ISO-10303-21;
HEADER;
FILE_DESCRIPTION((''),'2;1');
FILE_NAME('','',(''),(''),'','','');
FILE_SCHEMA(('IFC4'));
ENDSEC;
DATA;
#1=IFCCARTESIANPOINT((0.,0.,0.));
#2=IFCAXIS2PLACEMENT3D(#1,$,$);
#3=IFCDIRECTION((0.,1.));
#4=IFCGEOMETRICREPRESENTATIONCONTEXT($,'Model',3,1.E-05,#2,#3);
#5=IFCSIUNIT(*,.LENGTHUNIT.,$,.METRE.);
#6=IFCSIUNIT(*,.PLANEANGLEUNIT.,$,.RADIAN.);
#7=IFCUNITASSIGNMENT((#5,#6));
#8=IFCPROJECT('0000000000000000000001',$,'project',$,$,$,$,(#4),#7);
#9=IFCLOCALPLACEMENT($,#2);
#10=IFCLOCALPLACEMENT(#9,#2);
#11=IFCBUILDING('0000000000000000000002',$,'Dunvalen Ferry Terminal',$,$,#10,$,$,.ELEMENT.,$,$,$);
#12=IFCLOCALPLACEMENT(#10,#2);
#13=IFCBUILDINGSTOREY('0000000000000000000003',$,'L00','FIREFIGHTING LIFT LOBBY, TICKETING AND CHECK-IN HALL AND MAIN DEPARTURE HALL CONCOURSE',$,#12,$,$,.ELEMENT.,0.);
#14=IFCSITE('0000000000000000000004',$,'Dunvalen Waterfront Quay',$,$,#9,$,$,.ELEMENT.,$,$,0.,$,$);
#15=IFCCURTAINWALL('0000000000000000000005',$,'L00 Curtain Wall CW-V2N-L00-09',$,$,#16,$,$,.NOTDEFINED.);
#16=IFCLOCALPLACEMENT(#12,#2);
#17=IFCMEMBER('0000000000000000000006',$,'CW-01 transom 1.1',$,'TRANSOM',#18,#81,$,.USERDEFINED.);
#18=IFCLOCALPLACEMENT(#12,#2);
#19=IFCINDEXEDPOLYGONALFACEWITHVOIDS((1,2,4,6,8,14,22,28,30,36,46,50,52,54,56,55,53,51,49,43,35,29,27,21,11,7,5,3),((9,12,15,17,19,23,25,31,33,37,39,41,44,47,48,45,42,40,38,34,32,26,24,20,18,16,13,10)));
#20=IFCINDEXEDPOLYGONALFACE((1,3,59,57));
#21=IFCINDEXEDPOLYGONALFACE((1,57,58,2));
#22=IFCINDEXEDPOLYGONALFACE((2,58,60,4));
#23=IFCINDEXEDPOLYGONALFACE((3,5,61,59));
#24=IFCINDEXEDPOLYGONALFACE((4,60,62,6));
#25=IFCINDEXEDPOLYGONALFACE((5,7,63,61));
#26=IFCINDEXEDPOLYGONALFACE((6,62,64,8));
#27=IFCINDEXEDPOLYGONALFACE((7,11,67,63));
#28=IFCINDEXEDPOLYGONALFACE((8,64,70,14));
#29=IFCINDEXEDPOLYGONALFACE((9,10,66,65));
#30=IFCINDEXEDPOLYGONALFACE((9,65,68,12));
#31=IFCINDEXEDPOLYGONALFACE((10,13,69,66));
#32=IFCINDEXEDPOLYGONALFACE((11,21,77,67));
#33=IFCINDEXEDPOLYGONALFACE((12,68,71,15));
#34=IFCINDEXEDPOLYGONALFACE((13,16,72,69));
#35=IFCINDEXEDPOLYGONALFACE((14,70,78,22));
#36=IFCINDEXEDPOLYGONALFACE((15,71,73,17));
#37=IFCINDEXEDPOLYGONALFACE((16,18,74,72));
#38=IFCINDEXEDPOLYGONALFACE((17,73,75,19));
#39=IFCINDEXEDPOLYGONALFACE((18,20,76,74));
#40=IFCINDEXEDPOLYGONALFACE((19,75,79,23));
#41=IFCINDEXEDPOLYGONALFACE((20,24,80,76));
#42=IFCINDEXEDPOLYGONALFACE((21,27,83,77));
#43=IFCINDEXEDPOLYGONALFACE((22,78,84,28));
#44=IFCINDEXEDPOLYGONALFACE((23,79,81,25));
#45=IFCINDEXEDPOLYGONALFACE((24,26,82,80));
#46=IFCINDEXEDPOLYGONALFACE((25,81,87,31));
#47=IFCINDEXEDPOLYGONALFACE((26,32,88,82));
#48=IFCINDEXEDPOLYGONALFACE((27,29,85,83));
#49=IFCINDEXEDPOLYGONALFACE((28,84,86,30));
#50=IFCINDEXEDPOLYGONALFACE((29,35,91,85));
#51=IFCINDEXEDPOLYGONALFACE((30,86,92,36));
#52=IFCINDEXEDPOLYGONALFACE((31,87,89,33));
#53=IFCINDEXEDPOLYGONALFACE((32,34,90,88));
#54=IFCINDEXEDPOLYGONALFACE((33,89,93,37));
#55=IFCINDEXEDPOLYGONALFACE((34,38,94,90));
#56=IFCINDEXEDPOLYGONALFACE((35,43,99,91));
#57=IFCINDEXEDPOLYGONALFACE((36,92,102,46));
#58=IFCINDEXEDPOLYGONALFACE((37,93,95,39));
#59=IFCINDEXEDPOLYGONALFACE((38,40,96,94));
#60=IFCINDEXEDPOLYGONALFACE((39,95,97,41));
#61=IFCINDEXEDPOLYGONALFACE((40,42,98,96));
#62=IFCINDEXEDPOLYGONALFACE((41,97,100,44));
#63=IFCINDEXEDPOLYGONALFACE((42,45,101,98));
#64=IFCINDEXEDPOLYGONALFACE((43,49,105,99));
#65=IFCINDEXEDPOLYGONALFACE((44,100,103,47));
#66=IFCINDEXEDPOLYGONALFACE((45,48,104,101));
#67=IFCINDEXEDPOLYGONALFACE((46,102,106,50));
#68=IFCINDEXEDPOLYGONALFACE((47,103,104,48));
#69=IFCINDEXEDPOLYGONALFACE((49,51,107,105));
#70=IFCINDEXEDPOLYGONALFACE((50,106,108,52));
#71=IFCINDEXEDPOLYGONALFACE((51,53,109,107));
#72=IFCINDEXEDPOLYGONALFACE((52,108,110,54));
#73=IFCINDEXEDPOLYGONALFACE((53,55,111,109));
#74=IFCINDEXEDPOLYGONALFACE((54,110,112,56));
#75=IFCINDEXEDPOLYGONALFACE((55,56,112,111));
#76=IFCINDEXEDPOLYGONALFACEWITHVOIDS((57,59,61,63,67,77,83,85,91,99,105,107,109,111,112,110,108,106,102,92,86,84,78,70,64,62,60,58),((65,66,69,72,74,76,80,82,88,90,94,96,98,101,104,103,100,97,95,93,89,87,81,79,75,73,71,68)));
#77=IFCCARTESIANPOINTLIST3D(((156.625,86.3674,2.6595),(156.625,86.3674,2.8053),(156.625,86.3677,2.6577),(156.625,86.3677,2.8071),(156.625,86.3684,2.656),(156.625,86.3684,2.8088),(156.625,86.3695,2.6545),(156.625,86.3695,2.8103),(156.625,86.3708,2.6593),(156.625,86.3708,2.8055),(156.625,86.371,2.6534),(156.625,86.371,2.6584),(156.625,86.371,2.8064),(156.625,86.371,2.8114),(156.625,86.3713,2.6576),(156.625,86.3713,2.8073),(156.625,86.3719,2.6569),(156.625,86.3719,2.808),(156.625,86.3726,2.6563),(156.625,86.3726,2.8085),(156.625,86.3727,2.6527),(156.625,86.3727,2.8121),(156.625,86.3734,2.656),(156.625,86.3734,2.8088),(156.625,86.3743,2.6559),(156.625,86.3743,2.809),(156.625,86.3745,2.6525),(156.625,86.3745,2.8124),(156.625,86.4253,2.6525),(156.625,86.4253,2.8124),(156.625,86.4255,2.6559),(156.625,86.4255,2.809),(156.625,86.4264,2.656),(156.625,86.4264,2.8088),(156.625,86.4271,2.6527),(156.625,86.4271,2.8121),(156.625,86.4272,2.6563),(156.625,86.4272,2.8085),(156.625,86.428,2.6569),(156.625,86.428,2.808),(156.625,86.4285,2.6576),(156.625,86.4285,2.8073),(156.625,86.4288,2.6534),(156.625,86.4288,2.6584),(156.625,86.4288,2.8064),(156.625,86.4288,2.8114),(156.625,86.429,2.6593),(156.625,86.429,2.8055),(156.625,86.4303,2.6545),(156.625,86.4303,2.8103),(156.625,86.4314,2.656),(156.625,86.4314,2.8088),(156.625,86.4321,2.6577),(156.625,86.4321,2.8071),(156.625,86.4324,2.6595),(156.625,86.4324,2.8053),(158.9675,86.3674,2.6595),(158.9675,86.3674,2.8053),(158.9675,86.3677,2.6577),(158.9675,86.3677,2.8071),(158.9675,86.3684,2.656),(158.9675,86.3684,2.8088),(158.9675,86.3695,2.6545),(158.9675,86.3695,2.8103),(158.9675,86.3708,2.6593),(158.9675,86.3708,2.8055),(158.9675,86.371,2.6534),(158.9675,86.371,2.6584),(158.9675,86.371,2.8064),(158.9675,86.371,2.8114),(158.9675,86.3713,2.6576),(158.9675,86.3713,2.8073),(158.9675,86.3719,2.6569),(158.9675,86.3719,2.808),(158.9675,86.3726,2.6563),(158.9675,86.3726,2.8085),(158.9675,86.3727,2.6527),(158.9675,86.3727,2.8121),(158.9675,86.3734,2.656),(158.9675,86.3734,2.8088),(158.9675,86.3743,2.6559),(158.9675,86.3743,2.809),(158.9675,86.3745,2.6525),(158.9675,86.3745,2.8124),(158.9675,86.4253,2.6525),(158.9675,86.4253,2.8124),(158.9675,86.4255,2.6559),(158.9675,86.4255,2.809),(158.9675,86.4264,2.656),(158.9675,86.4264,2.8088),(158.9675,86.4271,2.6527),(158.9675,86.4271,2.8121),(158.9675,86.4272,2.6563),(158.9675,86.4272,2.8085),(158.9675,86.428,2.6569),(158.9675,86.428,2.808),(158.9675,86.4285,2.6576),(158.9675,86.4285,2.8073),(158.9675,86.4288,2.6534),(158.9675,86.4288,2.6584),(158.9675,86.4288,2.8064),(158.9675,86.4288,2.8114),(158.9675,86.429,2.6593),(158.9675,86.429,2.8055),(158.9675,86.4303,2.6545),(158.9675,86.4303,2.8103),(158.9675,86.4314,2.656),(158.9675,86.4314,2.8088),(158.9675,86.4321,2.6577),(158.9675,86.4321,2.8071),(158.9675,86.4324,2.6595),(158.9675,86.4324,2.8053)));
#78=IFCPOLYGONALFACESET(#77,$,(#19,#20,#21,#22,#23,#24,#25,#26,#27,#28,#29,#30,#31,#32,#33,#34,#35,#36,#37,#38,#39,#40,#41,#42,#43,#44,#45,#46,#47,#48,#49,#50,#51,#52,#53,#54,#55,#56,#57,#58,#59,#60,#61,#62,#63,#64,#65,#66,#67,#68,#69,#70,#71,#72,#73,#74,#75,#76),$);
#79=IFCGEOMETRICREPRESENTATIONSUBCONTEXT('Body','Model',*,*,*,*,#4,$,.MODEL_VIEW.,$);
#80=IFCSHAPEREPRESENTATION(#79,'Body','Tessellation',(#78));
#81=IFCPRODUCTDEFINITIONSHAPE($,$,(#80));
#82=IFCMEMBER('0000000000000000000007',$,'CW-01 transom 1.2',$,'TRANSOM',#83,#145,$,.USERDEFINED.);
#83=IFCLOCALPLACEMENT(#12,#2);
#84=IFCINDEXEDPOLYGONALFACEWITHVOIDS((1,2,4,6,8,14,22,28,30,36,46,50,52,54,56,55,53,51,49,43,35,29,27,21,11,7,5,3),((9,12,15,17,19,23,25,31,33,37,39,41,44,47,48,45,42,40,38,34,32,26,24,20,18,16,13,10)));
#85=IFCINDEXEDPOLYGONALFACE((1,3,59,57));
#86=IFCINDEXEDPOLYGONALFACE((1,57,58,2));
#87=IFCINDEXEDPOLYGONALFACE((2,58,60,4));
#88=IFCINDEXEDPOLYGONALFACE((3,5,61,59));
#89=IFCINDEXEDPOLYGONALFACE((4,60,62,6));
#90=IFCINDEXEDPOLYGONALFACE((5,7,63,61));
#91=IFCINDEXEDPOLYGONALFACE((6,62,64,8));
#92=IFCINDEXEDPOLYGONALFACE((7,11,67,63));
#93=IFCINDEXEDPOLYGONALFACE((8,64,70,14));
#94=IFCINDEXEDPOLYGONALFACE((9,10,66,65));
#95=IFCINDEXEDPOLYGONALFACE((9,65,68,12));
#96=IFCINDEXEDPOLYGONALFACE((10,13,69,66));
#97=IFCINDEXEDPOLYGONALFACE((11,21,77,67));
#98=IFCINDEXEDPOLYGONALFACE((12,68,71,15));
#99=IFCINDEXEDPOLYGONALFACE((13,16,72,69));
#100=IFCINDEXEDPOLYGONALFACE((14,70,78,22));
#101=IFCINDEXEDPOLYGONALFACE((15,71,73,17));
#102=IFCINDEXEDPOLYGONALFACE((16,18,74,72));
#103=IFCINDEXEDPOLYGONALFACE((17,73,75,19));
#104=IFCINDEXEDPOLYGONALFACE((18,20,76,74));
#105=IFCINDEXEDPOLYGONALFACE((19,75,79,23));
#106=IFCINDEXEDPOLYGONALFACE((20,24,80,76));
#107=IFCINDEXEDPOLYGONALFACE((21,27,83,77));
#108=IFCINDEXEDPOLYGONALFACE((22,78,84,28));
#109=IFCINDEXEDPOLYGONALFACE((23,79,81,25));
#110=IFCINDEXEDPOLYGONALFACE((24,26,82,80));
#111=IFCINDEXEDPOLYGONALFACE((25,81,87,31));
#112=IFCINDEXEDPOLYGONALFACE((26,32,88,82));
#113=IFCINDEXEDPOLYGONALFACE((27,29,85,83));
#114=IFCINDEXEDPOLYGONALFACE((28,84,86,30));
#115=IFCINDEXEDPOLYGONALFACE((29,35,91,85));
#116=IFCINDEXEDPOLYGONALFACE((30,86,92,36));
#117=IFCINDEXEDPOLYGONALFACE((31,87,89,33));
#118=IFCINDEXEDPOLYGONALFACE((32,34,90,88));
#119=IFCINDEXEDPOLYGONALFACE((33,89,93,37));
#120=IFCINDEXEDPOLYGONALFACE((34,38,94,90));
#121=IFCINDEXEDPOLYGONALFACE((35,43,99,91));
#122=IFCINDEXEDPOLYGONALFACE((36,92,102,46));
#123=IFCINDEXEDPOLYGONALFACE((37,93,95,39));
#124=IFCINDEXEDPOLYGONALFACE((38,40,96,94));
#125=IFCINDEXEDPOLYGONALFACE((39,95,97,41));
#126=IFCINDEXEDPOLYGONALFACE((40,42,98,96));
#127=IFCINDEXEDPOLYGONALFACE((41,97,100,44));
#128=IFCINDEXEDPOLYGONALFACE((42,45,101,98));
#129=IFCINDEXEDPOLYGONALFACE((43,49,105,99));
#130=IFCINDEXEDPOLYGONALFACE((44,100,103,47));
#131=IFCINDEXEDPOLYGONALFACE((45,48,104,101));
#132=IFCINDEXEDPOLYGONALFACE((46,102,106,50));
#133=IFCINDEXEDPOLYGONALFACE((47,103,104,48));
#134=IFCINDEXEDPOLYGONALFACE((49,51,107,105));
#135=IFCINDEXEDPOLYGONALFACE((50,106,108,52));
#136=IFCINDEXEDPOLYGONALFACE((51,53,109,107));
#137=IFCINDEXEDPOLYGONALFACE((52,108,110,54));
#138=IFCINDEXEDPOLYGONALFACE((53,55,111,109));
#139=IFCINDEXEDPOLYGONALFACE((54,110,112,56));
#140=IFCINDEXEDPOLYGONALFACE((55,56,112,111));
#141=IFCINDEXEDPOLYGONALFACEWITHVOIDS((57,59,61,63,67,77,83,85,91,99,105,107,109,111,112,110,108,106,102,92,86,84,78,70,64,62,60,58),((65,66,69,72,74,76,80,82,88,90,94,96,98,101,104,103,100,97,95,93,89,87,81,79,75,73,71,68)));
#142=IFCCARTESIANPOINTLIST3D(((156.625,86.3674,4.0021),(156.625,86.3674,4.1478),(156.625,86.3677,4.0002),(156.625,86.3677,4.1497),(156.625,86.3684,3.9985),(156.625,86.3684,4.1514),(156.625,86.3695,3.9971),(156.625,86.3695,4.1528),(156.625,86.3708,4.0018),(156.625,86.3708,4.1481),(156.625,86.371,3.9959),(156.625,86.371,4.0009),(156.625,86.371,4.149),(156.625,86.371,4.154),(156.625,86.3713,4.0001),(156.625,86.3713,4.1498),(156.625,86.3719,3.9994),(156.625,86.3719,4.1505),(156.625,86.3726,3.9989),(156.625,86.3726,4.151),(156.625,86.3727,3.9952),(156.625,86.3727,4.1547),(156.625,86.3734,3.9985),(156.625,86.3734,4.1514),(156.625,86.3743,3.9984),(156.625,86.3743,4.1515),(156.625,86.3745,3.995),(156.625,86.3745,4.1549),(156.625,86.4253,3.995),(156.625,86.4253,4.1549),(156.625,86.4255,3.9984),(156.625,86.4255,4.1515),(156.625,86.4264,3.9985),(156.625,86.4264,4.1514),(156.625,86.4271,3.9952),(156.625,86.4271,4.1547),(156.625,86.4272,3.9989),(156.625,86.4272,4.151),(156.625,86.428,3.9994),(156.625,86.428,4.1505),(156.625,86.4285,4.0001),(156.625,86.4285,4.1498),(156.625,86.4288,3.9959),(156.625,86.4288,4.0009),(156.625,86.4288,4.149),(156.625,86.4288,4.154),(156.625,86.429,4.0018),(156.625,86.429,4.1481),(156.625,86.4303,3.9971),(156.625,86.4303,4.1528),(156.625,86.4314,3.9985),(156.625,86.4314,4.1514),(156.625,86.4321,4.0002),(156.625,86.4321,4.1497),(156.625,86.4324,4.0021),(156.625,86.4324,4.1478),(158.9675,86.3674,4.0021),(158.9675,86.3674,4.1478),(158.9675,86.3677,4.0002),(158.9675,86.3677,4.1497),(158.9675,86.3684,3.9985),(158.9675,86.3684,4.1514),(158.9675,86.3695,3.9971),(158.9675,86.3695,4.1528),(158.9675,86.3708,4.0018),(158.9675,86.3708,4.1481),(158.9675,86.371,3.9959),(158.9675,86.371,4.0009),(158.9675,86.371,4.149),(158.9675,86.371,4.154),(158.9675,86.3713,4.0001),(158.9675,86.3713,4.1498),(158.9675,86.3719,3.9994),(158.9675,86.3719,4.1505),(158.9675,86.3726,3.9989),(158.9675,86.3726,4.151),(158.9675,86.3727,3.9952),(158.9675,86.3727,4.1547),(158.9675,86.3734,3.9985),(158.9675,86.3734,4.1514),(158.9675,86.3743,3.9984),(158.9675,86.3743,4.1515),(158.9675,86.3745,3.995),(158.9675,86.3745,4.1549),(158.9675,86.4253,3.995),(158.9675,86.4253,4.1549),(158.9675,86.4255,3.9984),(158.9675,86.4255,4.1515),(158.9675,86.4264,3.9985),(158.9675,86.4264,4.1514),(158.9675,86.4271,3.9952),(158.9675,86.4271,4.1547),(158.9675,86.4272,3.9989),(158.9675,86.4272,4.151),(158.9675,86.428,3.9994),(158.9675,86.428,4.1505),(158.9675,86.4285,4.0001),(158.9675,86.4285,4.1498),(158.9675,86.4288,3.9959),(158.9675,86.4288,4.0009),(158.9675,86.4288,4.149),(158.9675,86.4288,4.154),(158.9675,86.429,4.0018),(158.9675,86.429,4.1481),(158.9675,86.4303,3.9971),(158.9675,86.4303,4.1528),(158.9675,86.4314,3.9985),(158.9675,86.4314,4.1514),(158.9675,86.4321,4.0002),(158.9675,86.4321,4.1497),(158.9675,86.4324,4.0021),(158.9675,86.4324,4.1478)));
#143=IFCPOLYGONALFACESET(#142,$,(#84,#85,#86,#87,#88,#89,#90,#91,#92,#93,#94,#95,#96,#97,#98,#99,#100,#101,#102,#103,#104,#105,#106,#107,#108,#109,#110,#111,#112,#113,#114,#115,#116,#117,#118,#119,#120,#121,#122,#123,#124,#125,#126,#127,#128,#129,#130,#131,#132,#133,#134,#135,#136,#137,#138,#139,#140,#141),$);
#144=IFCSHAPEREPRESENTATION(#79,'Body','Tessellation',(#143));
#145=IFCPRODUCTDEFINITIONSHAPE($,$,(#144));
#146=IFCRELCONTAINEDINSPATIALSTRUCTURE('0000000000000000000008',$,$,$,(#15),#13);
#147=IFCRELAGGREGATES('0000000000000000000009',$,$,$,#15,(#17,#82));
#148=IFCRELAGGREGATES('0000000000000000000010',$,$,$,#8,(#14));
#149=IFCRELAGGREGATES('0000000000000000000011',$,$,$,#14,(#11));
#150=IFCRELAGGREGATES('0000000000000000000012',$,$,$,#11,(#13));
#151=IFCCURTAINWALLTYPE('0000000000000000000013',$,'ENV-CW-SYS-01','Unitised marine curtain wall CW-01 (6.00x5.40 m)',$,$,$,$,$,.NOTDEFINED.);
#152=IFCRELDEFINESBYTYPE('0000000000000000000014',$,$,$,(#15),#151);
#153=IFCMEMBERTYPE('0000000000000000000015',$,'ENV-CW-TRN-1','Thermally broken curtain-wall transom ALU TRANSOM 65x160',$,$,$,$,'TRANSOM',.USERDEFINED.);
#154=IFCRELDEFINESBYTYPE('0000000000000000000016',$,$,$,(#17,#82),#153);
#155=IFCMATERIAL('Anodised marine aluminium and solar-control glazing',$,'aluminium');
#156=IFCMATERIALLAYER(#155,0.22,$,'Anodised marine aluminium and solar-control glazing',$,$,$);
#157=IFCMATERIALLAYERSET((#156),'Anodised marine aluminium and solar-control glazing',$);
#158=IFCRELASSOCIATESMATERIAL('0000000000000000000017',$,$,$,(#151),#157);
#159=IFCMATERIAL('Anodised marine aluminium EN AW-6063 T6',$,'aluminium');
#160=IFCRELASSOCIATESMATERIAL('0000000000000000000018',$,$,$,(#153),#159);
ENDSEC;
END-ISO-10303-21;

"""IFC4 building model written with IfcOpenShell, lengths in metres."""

from ifc_helpers import new_model, si_unit, direction, frame, origin, origin_2d, place, context, subcontext, project, spatial, hollow_rectangle, extrude, material, layer, layer_set, material_profile, profile_set, type_object, element, aggregate, save


model = new_model("IFC4")

# Units and contexts
model_context = context("Model", 3, precision=1e-05, world=origin(), true_north=direction((0.0, 1.0)))
body_context = subcontext(model_context, "Body", "Model", "MODEL_VIEW")
ifc_project = project(units=[si_unit("LENGTHUNIT", "METRE"), si_unit("PLANEANGLEUNIT", "RADIAN")], contexts=[model_context])

# Site, building, storey
site_placement = place(None, origin())
site = spatial("IfcSite", under=ifc_project, at=site_placement, Name="Dunvalen Waterfront Quay", CompositionType="ELEMENT", RefElevation=0.0)
building_placement = place(site_placement, origin())
building = spatial("IfcBuilding", under=site, at=building_placement, Name="Dunvalen Ferry Terminal", CompositionType="ELEMENT")
storey_placement = place(building_placement, origin())
storey = spatial("IfcBuildingStorey", under=building, at=storey_placement, Name="L00", Description="FIREFIGHTING LIFT LOBBY, TICKETING AND CHECK-IN HALL AND MAIN DEPARTURE HALL CONCOURSE", CompositionType="ELEMENT", Elevation=0.0)

# Curtain wall
ifc_material_1 = material(Name="Anodised marine aluminium and solar-control glazing", Category="aluminium")
ifc_layer_1 = layer(ifc_material_1, 0.22, Name="Anodised marine aluminium and solar-control glazing")
ifc_layer_set_1 = layer_set([ifc_layer_1], Name="Anodised marine aluminium and solar-control glazing")
curtain_wall_type = type_object("IfcCurtainWallType", Name="ENV-CW-SYS-01", Description="Unitised marine curtain wall CW-01 (6.00x5.40 m)", PredefinedType="NOTDEFINED", material=ifc_layer_set_1)
curtain_wall_1_placement = place(storey_placement, origin())
curtain_wall_1 = element("IfcCurtainWall", 1, at=curtain_wall_1_placement, inside=storey, type_object=curtain_wall_type, Name="L00 Curtain Wall CW-V2N-L00-09", PredefinedType="NOTDEFINED")
ifc_material_2 = material(Name="Anodised marine aluminium EN AW-6063 T6", Category="aluminium")

# Members
ifc_material_profile_1 = material_profile(ifc_material_2, hollow_rectangle(XDim=0.0649, YDim=0.1599, WallThickness=0.0034, InnerFilletRadius=0.0034, OuterFilletRadius=0.0071, at=origin_2d()), Name="Anodised marine aluminium EN AW-6063 T6")
ifc_profile_set_1 = profile_set([ifc_material_profile_1], Name="Anodised marine aluminium EN AW-6063 T6")
member_type_1 = type_object("IfcMemberType", Name="ENV-CW-TRN-1", Description="Thermally broken curtain-wall transom ALU TRANSOM 65x160", ElementType="TRANSOM", PredefinedType="USERDEFINED", material=ifc_profile_set_1)
member_1_placement = place(storey_placement, frame((156.625, 86.3999, 2.7324), z_axis=(1.0, 0.0, 0.0), x_axis=(0.0, 1.0, 0.0)))
member_1 = element("IfcMember", 2, at=member_1_placement, type_object=member_type_1, Name="CW-01 transom 1.1", ObjectType="TRANSOM", PredefinedType="USERDEFINED", context=body_context, shape_type="SweptSolid", body=[
    extrude(hollow_rectangle(XDim=0.0649, YDim=0.1599, WallThickness=0.0034, InnerFilletRadius=0.0034, OuterFilletRadius=0.0071, at=origin_2d()), origin(), (0.0, 0.0, 1.0), 2.3425),
])
member_2_placement = place(storey_placement, frame((156.625, 86.3999, 4.075), z_axis=(1.0, 0.0, 0.0), x_axis=(0.0, 1.0, 0.0)))
member_2 = element("IfcMember", 3, at=member_2_placement, type_object=member_type_1, Name="CW-01 transom 1.2", ObjectType="TRANSOM", PredefinedType="USERDEFINED", context=body_context, shape_type="SweptSolid", body=[
    extrude(hollow_rectangle(XDim=0.0649, YDim=0.1599, WallThickness=0.0034, InnerFilletRadius=0.0034, OuterFilletRadius=0.0071, at=origin_2d()), origin(), (0.0, 0.0, 1.0), 2.3425),
])

aggregate(curtain_wall_1, [member_1, member_2])

save(model, "model.ifc")
